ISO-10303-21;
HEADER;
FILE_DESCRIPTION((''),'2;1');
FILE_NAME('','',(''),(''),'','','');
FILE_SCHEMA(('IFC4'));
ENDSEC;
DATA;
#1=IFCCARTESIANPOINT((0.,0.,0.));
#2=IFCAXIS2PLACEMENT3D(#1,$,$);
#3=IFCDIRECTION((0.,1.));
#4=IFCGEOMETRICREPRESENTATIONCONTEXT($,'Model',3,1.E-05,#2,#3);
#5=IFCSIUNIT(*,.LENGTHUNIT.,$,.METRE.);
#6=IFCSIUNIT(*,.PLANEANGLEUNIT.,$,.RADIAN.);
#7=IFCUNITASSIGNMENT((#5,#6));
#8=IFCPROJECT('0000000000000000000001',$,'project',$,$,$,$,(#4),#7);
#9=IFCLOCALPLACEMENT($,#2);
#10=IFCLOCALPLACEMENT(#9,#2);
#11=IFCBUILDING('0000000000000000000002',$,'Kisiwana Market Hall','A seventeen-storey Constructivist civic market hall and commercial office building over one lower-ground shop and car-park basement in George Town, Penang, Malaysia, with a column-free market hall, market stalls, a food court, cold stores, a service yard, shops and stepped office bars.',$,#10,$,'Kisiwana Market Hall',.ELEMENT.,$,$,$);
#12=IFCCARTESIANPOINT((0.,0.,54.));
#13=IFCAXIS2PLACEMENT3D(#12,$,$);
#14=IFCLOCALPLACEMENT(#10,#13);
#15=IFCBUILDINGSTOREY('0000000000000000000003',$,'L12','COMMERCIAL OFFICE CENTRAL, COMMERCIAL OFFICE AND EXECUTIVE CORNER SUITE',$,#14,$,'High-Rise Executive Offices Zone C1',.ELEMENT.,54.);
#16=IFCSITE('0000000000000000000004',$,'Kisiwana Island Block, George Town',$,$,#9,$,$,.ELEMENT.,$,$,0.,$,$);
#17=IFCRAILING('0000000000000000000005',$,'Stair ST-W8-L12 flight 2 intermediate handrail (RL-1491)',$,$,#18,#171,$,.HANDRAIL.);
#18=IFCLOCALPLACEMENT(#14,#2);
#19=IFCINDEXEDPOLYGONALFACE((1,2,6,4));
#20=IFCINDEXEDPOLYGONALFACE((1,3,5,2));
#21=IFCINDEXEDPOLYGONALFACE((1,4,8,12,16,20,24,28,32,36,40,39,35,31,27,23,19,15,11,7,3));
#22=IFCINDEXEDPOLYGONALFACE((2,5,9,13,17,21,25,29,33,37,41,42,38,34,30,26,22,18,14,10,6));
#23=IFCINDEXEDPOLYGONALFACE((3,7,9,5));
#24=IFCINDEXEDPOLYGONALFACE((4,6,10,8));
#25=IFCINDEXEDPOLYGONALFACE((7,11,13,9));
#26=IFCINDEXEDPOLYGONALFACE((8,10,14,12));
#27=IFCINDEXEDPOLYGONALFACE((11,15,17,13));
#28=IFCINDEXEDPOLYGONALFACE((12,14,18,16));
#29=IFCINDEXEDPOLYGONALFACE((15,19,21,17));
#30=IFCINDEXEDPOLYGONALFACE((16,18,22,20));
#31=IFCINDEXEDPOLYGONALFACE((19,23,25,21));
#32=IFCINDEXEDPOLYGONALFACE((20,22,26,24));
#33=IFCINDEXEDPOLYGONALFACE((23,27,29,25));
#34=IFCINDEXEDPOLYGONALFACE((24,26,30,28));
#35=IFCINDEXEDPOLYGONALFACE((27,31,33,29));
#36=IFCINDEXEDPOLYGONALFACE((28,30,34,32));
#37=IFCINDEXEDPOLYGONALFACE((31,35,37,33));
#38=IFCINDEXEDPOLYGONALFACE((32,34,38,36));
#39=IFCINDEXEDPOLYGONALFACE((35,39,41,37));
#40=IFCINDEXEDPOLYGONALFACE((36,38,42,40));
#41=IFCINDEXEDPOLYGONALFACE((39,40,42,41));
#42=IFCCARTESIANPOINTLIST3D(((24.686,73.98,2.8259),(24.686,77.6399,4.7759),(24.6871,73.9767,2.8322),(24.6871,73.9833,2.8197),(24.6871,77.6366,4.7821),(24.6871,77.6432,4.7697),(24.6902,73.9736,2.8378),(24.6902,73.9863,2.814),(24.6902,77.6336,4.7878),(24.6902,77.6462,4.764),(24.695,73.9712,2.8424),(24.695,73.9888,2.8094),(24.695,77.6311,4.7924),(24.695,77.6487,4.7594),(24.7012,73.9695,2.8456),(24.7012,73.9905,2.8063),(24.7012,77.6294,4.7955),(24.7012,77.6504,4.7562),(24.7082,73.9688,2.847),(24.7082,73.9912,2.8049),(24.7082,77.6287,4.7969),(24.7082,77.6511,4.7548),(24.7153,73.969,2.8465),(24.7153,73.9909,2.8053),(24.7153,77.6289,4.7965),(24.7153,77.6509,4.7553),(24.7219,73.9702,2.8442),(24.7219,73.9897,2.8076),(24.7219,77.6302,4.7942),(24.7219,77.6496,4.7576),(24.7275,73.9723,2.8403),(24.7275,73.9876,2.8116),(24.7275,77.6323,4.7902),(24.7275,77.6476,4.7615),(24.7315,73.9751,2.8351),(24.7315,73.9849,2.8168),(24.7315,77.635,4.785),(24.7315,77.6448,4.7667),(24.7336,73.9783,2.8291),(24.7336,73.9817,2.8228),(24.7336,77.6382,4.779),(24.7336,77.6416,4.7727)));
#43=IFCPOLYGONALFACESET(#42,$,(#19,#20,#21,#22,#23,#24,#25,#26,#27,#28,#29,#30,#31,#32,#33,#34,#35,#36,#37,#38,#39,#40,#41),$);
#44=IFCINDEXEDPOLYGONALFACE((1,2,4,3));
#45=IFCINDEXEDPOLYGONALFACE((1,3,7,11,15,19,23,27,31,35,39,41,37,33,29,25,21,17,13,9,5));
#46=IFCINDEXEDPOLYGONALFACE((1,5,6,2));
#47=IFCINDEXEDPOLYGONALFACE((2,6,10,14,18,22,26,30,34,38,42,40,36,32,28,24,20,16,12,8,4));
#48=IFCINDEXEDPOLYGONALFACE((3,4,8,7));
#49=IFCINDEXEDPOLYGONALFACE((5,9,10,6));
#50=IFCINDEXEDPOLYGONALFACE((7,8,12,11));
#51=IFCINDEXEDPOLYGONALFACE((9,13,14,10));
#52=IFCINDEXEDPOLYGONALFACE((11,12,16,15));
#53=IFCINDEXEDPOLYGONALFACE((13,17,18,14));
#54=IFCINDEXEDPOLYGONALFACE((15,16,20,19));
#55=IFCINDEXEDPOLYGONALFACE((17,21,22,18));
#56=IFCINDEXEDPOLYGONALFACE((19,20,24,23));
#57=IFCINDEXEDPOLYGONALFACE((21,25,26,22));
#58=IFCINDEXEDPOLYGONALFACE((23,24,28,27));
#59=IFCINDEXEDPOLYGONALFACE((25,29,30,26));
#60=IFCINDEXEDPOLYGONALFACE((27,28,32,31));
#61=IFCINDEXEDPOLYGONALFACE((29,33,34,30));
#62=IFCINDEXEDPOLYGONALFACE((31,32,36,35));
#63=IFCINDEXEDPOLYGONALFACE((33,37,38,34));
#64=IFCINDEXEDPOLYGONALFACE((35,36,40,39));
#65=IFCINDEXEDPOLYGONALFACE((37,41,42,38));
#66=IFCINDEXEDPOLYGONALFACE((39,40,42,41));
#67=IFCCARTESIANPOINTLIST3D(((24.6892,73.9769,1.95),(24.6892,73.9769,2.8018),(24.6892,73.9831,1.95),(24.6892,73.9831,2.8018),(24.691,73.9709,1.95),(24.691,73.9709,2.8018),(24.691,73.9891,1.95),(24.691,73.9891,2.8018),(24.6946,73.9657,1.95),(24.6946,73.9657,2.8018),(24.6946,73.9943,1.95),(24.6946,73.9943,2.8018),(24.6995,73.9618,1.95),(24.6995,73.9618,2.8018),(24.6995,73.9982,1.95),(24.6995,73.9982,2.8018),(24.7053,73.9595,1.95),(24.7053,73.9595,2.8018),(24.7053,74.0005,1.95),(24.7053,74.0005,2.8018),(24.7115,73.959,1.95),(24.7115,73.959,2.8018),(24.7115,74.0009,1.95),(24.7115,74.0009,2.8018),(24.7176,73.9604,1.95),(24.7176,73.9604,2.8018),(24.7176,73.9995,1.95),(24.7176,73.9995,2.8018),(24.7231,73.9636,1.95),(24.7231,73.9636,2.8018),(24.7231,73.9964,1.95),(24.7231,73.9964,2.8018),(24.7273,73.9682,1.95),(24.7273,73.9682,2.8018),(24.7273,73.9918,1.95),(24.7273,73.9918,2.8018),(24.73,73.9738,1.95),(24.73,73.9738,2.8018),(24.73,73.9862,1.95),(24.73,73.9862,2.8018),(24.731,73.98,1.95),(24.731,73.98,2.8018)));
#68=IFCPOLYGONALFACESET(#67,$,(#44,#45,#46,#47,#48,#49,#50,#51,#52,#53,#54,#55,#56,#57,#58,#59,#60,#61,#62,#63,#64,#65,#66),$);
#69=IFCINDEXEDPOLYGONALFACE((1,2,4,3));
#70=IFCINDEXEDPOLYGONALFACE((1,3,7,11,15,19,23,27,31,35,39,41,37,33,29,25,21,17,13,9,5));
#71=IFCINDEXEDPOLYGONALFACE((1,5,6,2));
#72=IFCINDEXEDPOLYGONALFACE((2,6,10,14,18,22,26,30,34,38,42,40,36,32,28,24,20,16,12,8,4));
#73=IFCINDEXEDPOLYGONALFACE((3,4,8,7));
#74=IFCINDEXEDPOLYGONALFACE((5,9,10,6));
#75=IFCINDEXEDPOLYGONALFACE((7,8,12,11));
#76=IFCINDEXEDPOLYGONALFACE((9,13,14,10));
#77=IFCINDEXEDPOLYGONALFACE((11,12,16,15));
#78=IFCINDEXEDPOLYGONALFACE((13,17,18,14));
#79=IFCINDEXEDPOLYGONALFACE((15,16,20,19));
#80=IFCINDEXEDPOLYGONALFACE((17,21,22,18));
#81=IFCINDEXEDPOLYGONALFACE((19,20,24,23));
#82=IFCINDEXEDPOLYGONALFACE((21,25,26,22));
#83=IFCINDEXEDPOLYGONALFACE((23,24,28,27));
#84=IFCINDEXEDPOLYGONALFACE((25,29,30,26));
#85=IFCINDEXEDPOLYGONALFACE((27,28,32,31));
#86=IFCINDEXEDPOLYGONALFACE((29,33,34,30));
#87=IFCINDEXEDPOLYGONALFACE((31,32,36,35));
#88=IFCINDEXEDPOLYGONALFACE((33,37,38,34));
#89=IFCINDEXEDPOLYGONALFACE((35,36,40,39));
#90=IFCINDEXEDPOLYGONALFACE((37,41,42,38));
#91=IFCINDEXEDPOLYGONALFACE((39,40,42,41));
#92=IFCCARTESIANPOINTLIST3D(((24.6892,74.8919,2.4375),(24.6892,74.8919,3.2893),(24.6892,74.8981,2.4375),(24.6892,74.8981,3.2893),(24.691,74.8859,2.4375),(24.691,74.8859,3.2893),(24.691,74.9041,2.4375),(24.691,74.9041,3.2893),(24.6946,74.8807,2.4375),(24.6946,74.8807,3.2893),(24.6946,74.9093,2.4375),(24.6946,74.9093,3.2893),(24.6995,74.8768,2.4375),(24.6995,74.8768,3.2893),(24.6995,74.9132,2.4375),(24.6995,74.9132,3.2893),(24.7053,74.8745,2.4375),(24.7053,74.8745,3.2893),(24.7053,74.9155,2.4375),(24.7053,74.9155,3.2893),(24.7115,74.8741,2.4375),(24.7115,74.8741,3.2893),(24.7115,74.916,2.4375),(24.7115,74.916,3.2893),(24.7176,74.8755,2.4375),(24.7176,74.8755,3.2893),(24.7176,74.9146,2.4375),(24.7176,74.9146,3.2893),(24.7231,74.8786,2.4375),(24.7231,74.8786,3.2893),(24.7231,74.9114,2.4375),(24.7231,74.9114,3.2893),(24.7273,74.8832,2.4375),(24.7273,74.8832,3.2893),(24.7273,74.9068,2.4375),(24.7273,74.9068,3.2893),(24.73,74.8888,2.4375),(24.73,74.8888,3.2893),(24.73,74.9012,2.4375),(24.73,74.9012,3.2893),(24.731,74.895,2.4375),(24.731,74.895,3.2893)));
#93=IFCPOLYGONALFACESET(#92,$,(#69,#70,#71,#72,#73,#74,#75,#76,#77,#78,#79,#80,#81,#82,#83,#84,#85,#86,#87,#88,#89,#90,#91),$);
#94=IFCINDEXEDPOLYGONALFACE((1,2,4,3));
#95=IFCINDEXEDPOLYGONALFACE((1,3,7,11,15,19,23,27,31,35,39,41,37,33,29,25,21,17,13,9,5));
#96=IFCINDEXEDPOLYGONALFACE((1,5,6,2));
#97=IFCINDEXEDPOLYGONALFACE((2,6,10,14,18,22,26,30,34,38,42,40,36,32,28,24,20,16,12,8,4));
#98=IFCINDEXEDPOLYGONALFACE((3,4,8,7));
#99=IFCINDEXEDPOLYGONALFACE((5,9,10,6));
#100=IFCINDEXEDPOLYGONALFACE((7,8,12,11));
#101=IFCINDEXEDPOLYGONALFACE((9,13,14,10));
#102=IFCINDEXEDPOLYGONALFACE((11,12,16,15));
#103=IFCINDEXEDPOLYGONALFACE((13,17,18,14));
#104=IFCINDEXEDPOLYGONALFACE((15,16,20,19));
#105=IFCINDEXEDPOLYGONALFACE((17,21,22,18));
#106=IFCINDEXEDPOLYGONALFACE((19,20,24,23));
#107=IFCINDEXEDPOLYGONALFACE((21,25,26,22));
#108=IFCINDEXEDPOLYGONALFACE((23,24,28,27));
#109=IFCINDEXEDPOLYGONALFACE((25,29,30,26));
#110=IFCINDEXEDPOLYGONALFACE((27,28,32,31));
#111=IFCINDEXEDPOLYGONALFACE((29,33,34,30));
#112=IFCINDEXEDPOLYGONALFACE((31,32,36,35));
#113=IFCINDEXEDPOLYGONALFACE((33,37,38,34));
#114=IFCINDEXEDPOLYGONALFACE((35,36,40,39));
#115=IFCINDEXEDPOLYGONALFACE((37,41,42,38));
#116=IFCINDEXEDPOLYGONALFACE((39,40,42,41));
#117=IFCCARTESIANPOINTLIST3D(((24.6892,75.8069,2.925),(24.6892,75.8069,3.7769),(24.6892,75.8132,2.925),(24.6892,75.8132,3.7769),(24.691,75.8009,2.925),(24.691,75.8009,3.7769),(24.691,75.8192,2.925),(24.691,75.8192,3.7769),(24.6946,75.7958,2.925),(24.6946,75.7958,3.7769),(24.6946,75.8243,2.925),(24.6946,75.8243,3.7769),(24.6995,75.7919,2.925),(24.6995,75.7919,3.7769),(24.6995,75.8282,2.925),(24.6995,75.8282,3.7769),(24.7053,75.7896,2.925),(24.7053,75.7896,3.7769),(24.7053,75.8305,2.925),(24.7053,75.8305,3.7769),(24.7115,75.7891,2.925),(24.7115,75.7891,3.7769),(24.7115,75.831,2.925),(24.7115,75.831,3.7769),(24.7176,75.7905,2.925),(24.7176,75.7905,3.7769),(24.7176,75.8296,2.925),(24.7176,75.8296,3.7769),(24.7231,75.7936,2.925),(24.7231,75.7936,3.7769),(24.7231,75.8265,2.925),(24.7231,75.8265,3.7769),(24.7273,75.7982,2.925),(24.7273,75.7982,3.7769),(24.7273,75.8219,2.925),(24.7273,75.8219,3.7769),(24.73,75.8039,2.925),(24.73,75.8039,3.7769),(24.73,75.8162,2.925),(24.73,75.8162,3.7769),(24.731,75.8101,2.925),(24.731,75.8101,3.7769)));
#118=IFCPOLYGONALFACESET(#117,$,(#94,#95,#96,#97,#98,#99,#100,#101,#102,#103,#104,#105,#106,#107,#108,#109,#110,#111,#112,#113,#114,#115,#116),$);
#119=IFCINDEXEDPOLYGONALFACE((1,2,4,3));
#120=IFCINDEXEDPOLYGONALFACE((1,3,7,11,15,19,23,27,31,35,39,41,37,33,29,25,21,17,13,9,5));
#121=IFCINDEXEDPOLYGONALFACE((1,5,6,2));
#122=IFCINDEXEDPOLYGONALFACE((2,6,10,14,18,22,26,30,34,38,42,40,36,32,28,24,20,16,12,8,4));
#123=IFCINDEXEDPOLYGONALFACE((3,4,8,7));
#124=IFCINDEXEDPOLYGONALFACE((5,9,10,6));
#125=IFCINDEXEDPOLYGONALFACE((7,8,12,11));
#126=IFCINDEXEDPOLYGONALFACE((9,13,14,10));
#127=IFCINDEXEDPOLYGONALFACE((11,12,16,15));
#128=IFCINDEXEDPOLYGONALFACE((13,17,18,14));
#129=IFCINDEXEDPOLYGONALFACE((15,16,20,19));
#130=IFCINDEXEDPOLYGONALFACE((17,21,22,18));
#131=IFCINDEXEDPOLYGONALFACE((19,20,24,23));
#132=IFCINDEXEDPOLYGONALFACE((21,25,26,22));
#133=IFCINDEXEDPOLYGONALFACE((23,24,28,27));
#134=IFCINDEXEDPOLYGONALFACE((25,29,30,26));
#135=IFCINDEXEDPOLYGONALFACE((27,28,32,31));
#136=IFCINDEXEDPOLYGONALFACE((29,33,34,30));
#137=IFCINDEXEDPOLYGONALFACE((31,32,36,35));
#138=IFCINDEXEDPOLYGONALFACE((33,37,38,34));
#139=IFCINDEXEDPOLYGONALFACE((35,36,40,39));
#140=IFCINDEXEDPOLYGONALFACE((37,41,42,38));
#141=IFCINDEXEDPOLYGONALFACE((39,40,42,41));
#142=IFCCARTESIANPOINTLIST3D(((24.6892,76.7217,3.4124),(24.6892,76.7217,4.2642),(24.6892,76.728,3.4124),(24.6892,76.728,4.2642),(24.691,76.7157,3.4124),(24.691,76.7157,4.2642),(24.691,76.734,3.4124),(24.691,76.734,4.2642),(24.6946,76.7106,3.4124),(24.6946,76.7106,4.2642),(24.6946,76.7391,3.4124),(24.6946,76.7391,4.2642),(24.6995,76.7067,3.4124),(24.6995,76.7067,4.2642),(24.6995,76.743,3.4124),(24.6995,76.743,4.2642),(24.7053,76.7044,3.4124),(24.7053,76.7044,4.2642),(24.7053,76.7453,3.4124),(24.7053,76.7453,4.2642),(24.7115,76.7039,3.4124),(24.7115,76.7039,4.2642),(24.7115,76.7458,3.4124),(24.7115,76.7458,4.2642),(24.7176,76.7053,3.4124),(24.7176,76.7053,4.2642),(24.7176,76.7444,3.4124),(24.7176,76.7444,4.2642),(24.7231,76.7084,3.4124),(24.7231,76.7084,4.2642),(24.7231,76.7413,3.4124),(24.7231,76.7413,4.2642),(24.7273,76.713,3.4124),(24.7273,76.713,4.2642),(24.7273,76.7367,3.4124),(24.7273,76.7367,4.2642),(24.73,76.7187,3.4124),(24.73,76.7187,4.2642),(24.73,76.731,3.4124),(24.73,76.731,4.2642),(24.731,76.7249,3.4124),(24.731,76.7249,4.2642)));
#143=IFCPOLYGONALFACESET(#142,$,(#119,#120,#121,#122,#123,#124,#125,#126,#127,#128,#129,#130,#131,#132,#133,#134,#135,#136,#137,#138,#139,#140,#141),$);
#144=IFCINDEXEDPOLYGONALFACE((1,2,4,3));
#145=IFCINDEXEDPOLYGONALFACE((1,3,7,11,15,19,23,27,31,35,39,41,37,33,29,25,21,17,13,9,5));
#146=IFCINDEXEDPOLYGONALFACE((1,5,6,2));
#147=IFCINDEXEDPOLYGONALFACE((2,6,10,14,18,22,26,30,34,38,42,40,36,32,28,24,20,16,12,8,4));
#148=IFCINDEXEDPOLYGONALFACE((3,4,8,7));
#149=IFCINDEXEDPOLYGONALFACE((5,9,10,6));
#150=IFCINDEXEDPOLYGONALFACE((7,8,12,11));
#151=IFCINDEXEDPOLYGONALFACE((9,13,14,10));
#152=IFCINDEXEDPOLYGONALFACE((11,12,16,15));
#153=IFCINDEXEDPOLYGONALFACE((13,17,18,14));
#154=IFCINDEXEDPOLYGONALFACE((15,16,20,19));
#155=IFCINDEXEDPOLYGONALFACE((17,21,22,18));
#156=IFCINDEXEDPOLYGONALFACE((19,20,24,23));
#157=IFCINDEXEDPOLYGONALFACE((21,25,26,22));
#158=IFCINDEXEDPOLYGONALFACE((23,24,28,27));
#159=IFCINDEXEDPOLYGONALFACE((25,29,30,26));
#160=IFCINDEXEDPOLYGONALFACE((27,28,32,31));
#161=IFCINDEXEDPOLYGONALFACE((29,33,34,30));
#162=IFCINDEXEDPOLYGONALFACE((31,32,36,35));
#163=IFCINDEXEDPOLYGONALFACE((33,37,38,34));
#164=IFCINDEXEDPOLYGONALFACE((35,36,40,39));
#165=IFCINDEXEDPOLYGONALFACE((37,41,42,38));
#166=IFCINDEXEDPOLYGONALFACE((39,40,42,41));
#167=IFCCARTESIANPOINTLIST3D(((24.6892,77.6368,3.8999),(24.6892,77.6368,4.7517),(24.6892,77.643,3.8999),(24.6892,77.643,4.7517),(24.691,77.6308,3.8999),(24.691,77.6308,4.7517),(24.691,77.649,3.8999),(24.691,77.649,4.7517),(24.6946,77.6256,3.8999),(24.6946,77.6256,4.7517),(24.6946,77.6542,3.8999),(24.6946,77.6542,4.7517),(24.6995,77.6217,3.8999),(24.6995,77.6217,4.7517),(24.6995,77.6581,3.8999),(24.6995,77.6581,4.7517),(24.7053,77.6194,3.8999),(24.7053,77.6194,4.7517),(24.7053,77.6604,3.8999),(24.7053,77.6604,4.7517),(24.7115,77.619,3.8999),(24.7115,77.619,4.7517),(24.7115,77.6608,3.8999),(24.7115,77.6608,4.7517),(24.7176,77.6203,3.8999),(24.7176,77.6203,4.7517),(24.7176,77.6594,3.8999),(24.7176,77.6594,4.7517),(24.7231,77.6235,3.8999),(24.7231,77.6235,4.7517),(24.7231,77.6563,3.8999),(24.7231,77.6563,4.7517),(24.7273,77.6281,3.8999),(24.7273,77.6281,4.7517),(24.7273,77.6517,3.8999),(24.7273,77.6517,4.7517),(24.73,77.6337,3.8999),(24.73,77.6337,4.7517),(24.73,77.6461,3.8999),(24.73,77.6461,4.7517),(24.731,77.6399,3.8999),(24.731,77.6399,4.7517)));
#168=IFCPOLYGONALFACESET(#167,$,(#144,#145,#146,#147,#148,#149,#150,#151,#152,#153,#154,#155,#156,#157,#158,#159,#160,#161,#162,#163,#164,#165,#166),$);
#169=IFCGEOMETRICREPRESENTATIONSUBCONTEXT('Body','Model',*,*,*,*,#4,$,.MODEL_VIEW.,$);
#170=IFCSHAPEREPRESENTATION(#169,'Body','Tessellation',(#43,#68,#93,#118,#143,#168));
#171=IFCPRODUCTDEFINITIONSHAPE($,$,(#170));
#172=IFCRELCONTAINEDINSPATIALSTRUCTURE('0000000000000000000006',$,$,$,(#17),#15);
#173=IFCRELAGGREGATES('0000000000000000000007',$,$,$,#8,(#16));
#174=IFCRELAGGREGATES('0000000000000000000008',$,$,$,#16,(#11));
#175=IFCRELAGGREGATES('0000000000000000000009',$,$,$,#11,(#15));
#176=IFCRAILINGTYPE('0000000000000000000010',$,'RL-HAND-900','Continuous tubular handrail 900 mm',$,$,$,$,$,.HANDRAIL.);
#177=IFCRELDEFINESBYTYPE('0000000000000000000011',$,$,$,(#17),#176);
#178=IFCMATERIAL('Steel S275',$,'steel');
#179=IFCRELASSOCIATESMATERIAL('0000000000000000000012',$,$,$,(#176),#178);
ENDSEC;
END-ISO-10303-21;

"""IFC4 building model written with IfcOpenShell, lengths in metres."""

from ifc_helpers import new_model, si_unit, direction, frame, origin, origin_2d, place, context, subcontext, project, spatial, circle, extrude, material, type_object, element, save


model = new_model("IFC4")

# Units and contexts
model_context = context("Model", 3, precision=1e-05, world=origin(), true_north=direction((0.0, 1.0)))
body_context = subcontext(model_context, "Body", "Model", "MODEL_VIEW")
ifc_project = project(units=[si_unit("LENGTHUNIT", "METRE"), si_unit("PLANEANGLEUNIT", "RADIAN")], contexts=[model_context])

# Site, building, storey
site_placement = place(None, origin())
site = spatial("IfcSite", under=ifc_project, at=site_placement, Name="Kisiwana Island Block, George Town", CompositionType="ELEMENT", RefElevation=0.0)
building_placement = place(site_placement, origin())
building = spatial("IfcBuilding", under=site, at=building_placement, Name="Kisiwana Market Hall", Description="A seventeen-storey Constructivist civic market hall and commercial office building over one lower-ground shop and car-park basement in George Town, Penang, Malaysia, with a column-free market hall, market stalls, a food court, cold stores, a service yard, shops and stepped office bars.", LongName="Kisiwana Market Hall", CompositionType="ELEMENT")
storey_placement = place(building_placement, frame((0.0, 0.0, 54.0)))
storey = spatial("IfcBuildingStorey", under=building, at=storey_placement, Name="L12", Description="COMMERCIAL OFFICE CENTRAL, COMMERCIAL OFFICE AND EXECUTIVE CORNER SUITE", LongName="High-Rise Executive Offices Zone C1", CompositionType="ELEMENT", Elevation=54.0)

# Railing
ifc_material_1 = material(Name="Steel S275", Category="steel")
railing_type_1 = type_object("IfcRailingType", Name="RL-HAND-900", Description="Continuous tubular handrail 900 mm", PredefinedType="HANDRAIL", material=ifc_material_1)
for number, where, name in (
    (1, (24.71, 73.98, 1.95), "Stair ST-W8-L12 flight 2 intermediate handrail (RL-1491)"),
):
    element("IfcRailing", number, at=place(storey_placement, frame(where)), inside=storey, type_object=railing_type_1, Name=name, PredefinedType="HANDRAIL", context=body_context, shape_type="SweptSolid", body=[
        extrude(circle(Radius=0.0239, at=origin_2d()), frame((0.0, 0.0, 0.876), z_axis=(0.0, 0.882553, 0.470212), x_axis=(-1.0, 0.0, 0.0)), (0.0, 0.0, 1.0), 4.147),
        extrude(circle(Radius=0.021, at=origin_2d()), origin(), (0.0, 0.0, 1.0), 0.8518),
        extrude(circle(Radius=0.021, at=origin_2d()), frame((0.0, 0.915, 0.4875)), (0.0, 0.0, 1.0), 0.8518),
        extrude(circle(Radius=0.021, at=origin_2d()), frame((0.0, 1.8301, 0.9751)), (0.0, 0.0, 1.0), 0.8518),
        extrude(circle(Radius=0.021, at=origin_2d()), frame((0.0, 2.7449, 1.4624)), (0.0, 0.0, 1.0), 0.8518),
        extrude(circle(Radius=0.021, at=origin_2d()), frame((0.0, 3.6599, 1.95)), (0.0, 0.0, 1.0), 0.8518),
    ])

save(model, "model.ifc")
